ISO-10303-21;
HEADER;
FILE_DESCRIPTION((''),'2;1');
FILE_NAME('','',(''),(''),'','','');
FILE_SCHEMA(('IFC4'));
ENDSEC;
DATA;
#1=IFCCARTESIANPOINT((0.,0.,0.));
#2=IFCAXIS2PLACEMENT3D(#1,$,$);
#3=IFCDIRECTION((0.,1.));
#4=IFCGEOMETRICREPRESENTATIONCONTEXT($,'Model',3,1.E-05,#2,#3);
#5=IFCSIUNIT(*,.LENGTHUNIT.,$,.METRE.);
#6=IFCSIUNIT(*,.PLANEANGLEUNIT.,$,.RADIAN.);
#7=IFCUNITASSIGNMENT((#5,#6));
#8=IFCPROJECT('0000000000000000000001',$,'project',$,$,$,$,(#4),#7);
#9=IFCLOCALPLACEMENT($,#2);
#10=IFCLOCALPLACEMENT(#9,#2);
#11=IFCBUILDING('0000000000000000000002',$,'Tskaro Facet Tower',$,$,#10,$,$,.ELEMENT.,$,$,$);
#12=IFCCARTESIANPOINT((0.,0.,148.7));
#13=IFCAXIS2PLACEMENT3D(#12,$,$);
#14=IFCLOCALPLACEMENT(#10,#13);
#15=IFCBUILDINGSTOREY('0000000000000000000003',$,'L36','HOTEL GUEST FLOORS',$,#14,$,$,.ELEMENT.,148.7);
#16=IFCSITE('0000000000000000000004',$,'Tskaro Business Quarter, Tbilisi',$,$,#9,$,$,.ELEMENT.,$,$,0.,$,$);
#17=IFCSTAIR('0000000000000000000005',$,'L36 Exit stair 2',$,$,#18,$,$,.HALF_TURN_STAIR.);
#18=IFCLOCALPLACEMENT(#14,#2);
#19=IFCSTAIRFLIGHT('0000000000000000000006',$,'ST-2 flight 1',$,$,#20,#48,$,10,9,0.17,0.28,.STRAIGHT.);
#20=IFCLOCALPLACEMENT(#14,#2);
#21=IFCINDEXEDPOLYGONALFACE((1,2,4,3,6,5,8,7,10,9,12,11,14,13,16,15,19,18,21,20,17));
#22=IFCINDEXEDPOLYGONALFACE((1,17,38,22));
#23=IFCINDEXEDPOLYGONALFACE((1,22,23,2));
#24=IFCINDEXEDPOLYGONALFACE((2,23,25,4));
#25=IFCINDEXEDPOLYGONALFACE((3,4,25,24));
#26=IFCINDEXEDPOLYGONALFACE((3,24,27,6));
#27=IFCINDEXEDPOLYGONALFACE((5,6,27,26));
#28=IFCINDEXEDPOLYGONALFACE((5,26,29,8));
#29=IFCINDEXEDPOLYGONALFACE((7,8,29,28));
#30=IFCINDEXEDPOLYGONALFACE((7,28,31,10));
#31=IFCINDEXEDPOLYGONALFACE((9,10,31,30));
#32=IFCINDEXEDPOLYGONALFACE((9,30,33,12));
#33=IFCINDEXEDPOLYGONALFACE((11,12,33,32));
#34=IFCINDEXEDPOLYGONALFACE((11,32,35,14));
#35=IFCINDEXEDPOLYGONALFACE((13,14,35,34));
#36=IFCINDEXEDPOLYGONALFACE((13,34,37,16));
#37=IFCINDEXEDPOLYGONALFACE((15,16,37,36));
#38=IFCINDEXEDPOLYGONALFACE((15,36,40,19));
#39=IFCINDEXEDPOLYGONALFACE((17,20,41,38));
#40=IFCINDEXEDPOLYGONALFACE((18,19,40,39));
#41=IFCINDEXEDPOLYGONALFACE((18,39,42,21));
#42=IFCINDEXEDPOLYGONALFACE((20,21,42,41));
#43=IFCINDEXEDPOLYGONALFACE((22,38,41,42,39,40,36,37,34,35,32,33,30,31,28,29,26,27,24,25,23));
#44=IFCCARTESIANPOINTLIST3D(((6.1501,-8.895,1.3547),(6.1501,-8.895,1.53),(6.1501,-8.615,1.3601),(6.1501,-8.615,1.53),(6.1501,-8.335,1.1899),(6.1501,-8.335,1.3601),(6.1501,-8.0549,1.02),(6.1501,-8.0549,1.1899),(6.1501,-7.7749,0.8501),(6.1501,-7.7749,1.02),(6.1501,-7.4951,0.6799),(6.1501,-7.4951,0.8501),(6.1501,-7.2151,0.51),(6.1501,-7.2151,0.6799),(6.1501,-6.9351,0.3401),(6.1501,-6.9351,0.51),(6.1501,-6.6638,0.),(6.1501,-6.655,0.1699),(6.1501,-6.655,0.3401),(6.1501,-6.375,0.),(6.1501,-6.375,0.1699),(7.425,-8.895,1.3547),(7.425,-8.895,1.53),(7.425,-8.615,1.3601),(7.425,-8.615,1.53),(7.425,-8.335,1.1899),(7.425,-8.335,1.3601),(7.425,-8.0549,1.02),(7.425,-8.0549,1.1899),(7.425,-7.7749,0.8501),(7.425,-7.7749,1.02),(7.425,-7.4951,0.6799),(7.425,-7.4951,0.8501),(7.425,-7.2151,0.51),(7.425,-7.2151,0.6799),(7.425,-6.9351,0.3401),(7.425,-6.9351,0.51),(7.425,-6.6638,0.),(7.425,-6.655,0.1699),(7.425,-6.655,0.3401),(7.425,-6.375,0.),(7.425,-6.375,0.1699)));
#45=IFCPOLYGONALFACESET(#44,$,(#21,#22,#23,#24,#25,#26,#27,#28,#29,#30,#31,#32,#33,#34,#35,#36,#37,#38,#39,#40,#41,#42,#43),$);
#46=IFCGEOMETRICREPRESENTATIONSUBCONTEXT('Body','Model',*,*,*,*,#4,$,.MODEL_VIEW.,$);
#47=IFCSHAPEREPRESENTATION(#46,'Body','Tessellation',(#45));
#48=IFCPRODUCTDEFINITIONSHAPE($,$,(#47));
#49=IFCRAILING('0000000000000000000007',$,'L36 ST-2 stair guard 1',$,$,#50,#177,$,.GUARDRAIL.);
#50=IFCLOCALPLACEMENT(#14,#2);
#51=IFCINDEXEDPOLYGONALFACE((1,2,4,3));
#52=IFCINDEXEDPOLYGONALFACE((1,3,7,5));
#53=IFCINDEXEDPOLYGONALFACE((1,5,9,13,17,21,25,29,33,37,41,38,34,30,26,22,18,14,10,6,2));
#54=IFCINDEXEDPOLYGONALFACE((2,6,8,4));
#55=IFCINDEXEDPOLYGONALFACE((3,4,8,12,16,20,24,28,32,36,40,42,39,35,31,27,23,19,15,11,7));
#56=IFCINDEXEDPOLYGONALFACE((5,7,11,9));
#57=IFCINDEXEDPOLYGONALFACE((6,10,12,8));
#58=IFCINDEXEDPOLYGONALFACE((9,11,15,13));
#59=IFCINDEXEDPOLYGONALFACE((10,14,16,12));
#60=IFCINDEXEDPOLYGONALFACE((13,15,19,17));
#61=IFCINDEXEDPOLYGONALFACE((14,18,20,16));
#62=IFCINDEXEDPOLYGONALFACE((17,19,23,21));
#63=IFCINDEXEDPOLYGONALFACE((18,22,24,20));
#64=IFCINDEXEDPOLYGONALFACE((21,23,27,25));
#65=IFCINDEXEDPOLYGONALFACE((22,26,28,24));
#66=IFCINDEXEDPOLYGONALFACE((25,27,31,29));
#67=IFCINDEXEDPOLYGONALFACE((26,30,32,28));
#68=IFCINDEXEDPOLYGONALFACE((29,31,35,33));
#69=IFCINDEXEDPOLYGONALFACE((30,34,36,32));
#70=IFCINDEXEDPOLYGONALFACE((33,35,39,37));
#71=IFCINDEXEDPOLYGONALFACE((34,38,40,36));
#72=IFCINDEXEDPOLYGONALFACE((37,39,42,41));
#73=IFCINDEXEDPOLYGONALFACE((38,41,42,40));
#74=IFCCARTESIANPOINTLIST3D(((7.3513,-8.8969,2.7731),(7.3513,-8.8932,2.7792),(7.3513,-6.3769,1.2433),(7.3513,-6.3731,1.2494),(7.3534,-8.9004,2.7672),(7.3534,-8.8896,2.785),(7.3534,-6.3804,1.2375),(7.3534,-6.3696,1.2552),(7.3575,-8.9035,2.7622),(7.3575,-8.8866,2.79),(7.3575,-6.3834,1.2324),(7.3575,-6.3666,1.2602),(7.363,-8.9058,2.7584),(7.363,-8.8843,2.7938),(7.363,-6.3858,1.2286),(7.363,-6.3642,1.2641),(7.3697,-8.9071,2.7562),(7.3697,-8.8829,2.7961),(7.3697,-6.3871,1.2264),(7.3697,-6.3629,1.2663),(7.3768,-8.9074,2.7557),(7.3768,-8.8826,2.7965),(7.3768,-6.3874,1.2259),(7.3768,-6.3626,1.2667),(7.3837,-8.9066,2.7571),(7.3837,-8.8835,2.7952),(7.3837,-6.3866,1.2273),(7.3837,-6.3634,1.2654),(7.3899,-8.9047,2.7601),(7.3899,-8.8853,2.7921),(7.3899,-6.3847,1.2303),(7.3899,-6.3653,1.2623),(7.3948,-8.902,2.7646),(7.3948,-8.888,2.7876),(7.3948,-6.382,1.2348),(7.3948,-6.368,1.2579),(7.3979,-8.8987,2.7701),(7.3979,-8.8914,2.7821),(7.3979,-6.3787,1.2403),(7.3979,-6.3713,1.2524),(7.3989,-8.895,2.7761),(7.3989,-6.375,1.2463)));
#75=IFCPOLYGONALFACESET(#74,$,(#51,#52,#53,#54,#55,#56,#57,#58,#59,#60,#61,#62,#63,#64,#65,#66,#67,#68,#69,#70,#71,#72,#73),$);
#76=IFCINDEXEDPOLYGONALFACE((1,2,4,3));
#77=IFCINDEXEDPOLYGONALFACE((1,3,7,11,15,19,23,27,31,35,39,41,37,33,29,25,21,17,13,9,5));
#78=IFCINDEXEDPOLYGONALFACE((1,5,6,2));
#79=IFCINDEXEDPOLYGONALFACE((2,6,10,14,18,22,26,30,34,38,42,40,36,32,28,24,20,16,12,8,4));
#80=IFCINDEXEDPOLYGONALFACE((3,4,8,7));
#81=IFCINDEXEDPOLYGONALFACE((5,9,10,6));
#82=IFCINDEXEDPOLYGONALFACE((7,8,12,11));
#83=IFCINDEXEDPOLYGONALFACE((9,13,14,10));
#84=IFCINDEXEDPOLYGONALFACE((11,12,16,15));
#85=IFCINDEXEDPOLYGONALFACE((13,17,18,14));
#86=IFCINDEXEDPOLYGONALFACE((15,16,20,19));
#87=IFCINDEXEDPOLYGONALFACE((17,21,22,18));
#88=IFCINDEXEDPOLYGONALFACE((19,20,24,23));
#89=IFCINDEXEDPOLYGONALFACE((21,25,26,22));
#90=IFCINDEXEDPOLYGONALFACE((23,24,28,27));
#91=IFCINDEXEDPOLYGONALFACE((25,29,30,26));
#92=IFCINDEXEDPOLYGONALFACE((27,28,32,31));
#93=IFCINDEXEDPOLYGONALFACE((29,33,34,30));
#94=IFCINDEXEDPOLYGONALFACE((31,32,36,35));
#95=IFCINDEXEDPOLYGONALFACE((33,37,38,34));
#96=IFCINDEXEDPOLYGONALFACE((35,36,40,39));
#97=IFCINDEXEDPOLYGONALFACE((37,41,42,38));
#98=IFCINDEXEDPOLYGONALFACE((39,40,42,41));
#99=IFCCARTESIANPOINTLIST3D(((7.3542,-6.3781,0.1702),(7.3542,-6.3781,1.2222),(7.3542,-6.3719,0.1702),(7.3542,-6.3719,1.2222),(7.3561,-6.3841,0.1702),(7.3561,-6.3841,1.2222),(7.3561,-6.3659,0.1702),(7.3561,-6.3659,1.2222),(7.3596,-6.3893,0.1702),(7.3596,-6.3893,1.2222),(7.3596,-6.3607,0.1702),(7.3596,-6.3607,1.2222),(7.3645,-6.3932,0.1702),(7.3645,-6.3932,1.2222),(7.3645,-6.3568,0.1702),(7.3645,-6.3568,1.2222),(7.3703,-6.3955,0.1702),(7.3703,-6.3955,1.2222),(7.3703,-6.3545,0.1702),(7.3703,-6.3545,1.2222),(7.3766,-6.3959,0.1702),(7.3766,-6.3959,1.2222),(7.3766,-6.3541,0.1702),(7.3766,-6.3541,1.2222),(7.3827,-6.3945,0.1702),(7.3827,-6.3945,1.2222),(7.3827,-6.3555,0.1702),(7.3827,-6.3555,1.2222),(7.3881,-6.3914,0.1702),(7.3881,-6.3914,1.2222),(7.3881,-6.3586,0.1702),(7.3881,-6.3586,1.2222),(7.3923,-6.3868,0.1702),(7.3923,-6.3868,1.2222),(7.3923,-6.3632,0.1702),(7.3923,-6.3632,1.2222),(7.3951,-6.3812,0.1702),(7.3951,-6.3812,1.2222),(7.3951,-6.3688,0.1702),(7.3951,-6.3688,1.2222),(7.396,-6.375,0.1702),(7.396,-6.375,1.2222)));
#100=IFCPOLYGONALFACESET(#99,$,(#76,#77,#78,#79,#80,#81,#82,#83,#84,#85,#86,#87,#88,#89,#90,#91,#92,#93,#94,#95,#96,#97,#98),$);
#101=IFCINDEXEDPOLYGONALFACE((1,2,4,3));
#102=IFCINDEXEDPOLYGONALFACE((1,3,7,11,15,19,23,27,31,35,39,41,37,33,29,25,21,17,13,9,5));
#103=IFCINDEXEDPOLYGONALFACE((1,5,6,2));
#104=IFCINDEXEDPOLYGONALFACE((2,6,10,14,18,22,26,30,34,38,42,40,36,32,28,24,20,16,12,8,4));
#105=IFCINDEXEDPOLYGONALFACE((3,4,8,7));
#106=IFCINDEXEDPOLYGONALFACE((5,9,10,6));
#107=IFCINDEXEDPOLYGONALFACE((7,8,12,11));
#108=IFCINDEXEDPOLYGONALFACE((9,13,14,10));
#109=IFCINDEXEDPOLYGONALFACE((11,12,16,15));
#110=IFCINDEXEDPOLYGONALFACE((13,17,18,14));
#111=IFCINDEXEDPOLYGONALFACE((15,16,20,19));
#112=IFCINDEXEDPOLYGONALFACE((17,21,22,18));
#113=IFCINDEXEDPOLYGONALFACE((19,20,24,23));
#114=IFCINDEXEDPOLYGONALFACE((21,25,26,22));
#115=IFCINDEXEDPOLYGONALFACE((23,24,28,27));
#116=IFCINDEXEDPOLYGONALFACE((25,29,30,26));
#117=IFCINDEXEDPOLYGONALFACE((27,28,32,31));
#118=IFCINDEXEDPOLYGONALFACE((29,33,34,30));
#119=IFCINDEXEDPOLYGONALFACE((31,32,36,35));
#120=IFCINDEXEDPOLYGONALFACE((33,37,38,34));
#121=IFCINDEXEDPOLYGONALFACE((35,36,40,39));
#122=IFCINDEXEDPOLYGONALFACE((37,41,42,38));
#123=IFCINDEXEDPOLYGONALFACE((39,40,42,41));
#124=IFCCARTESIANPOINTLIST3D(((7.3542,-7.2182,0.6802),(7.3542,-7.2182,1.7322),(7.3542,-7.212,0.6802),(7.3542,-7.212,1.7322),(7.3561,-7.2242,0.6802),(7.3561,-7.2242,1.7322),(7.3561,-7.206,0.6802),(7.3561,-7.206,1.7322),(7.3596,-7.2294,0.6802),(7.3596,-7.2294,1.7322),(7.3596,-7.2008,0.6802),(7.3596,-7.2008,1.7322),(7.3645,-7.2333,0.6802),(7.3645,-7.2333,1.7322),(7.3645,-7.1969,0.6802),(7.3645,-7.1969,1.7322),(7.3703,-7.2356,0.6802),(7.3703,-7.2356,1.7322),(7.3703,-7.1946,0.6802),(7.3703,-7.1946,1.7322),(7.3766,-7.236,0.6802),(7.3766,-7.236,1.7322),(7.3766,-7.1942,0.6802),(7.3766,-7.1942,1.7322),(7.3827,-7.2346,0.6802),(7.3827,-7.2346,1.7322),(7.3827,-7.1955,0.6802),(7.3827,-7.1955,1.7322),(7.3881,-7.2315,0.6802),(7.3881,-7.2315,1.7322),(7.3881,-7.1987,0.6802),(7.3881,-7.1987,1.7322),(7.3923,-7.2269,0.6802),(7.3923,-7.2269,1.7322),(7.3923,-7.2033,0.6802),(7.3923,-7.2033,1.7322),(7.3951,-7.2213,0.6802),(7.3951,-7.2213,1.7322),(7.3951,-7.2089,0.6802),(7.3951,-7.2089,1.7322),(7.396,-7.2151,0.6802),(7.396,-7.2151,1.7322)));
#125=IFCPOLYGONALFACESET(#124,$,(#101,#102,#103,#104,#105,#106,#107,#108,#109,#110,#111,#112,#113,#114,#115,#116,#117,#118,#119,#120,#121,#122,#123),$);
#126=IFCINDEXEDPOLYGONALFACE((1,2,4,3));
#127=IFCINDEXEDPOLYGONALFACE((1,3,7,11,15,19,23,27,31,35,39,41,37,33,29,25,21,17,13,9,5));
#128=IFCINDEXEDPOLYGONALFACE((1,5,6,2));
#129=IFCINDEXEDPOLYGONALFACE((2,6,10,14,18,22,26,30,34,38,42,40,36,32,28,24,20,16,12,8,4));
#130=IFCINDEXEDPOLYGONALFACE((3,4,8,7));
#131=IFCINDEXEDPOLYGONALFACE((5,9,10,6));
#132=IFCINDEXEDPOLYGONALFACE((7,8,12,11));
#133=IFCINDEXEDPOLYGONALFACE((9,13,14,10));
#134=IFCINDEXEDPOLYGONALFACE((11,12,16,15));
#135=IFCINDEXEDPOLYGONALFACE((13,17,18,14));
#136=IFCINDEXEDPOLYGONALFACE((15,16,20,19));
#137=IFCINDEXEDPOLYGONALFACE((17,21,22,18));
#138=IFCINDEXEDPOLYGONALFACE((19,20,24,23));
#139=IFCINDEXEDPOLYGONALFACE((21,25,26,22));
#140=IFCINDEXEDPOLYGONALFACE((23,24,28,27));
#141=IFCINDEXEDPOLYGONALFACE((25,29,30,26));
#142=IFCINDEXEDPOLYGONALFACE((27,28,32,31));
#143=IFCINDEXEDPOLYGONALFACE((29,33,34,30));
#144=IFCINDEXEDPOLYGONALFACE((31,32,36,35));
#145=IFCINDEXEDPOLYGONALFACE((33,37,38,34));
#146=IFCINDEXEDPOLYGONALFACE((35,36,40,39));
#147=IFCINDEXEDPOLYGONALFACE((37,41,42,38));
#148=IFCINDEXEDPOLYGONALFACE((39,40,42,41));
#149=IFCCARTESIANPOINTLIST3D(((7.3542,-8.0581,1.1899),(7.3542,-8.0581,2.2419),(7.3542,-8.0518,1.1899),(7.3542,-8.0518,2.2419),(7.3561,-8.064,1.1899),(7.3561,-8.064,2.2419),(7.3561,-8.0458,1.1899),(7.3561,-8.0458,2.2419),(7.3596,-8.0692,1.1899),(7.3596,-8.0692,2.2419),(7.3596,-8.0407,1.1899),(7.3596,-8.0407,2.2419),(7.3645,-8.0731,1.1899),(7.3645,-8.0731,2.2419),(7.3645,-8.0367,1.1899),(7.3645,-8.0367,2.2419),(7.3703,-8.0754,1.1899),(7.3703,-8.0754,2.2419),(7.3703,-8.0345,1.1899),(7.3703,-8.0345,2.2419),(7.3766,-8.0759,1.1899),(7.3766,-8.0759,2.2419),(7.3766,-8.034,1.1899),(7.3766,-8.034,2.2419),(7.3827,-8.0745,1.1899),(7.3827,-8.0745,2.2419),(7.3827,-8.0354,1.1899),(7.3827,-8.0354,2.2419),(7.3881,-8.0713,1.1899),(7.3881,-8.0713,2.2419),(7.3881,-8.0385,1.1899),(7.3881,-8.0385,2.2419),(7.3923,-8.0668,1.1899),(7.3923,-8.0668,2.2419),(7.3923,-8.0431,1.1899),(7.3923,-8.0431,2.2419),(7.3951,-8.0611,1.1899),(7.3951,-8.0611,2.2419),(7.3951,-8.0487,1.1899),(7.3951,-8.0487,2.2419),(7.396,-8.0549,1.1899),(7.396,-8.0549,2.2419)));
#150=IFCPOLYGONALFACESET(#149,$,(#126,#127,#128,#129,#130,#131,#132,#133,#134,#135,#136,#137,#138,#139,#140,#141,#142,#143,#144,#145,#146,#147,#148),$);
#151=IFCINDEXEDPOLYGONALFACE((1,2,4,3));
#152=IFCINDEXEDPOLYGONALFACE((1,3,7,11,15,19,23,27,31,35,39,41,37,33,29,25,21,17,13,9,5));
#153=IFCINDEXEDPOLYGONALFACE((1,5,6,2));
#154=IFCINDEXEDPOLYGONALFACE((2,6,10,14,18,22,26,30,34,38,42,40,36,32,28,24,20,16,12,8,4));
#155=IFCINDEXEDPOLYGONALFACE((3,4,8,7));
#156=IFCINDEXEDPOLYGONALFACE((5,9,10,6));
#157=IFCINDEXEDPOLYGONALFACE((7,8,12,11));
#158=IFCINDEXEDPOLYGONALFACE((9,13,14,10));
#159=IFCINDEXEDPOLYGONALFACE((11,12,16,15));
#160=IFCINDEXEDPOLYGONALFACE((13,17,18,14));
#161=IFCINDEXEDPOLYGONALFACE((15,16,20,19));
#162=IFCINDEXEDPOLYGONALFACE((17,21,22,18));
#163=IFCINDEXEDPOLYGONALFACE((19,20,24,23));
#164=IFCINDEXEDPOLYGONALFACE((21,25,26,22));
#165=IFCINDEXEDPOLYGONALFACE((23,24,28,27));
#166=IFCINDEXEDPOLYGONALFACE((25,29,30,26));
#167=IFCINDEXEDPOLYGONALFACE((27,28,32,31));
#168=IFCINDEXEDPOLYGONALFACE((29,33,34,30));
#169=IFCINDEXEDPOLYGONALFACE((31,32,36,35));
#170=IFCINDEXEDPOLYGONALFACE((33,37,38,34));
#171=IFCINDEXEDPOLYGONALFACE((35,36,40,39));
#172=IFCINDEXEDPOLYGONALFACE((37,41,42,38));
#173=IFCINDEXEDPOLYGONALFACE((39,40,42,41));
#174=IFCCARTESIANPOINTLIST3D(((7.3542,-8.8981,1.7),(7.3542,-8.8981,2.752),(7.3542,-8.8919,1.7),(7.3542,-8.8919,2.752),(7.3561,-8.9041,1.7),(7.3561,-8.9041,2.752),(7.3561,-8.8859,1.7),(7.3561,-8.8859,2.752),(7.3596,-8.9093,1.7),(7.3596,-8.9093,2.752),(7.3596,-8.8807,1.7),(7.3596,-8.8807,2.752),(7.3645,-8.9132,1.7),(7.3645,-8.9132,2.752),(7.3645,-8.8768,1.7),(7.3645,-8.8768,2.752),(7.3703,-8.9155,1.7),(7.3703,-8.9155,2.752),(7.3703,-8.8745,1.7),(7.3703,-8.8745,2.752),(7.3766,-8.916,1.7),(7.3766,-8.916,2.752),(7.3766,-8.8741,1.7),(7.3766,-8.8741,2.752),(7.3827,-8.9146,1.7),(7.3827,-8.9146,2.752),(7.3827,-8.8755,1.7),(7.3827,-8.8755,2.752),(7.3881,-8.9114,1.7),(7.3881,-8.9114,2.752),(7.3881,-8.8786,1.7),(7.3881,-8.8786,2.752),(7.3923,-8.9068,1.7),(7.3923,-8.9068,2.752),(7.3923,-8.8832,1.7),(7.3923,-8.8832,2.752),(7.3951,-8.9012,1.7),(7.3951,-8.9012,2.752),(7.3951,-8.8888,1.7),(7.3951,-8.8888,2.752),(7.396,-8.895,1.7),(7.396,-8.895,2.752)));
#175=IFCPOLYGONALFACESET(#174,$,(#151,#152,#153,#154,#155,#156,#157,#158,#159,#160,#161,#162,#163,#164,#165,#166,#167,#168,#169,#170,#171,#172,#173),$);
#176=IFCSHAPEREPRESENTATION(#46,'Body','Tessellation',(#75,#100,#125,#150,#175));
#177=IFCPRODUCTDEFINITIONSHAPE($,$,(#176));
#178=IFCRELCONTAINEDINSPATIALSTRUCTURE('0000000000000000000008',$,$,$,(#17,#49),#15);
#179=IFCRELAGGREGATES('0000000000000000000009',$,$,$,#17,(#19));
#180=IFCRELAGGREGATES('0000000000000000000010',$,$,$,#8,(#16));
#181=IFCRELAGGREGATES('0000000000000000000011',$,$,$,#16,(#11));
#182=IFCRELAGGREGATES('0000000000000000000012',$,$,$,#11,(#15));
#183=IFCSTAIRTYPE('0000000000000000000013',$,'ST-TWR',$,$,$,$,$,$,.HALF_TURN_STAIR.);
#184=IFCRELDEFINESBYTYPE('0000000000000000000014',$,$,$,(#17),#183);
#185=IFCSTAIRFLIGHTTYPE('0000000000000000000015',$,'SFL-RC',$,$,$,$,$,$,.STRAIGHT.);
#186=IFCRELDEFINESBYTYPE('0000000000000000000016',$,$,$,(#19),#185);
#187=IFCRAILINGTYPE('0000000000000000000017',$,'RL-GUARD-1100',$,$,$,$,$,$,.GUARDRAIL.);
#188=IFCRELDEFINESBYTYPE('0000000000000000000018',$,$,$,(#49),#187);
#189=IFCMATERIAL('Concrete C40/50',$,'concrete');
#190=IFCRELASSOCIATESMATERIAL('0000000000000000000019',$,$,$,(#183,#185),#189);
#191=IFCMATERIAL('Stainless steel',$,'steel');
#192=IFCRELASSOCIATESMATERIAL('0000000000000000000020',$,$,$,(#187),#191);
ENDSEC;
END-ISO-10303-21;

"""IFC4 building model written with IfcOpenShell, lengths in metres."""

from ifc_helpers import new_model, si_unit, direction, frame, origin, origin_2d, place, context, subcontext, project, spatial, polyline, circle, outline, extrude, material, type_object, element, aggregate, save


model = new_model("IFC4")

# Units and contexts
model_context = context("Model", 3, precision=1e-05, world=origin(), true_north=direction((0.0, 1.0)))
body_context = subcontext(model_context, "Body", "Model", "MODEL_VIEW")
ifc_project = project(units=[si_unit("LENGTHUNIT", "METRE"), si_unit("PLANEANGLEUNIT", "RADIAN")], contexts=[model_context])

# Site, building, storey
site_placement = place(None, origin())
site = spatial("IfcSite", under=ifc_project, at=site_placement, Name="Tskaro Business Quarter, Tbilisi", CompositionType="ELEMENT", RefElevation=0.0)
building_placement = place(site_placement, origin())
building = spatial("IfcBuilding", under=site, at=building_placement, Name="Tskaro Facet Tower", CompositionType="ELEMENT")
storey_placement = place(building_placement, frame((0.0, 0.0, 148.7)))
storey = spatial("IfcBuildingStorey", under=building, at=storey_placement, Name="L36", Description="HOTEL GUEST FLOORS", CompositionType="ELEMENT", Elevation=148.7)

# Stair, stair flight
ifc_material_1 = material(Name="Concrete C40/50", Category="concrete")
stair_type = type_object("IfcStairType", Name="ST-TWR", PredefinedType="HALF_TURN_STAIR", material=ifc_material_1)
stair_placement = place(storey_placement, origin())
stair = element("IfcStair", 1, at=stair_placement, inside=storey, type_object=stair_type, Name="L36 Exit stair 2", PredefinedType="HALF_TURN_STAIR")
stair_flight_type = type_object("IfcStairFlightType", Name="SFL-RC", PredefinedType="STRAIGHT", material=ifc_material_1)
stair_flight_placement = place(storey_placement, frame((6.7876, -6.375, 0.0), z_axis=(0.0, 0.0, 1.0), x_axis=(0.0, -1.0, 0.0)))
stair_flight = element("IfcStairFlight", 2, at=stair_flight_placement, type_object=stair_flight_type, Name="ST-2 flight 1", NumberOfRisers=10, NumberOfTreads=9, PredefinedType="STRAIGHT", RiserHeight=0.17, TreadLength=0.28, context=body_context, shape_type="SweptSolid", body=[
    extrude(outline(polyline([(0.0, 0.0), (0.0, 0.1699), (0.28, 0.1699), (0.28, 0.3401), (0.5601, 0.3401), (0.5601, 0.51), (0.8401, 0.51), (0.8401, 0.6799), (1.1201, 0.6799), (1.1201, 0.8501), (1.3999, 0.8501), (1.3999, 1.02), (1.6799, 1.02), (1.6799, 1.1899), (1.96, 1.1899), (1.96, 1.3601), (2.24, 1.3601), (2.24, 1.53), (2.52, 1.53), (2.52, 1.7), (2.52, 1.3547), (0.2888, 0.0), (0.0, 0.0)])), frame((0.0, 0.6375, 0.0), z_axis=(0.0, -1.0, 0.0), x_axis=(1.0, 0.0, 0.0)), (0.0, 0.0, 1.0), 1.2749),
])
aggregate(stair, [stair_flight])

# Railing
ifc_material_2 = material(Name="Stainless steel", Category="steel")
railing_type_1 = type_object("IfcRailingType", Name="RL-GUARD-1100", PredefinedType="GUARDRAIL", material=ifc_material_2)
railing_1_placement = place(storey_placement, frame((7.375, -6.375, 0.1702)))
element("IfcRailing", 3, at=railing_1_placement, inside=storey, type_object=railing_type_1, Name="L36 ST-2 stair guard 1", PredefinedType="GUARDRAIL", context=body_context, shape_type="SweptSolid", body=[
    extrude(circle(Radius=0.0239, at=origin_2d()), frame((0.0, 0.0, 1.0762), z_axis=(0.0, -0.854822, 0.518922), x_axis=(1.0, 0.0, 0.0)), (0.0, 0.0, 1.0), 2.948),
    extrude(circle(Radius=0.021, at=origin_2d()), origin(), (0.0, 0.0, 1.0), 1.052),
    extrude(circle(Radius=0.021, at=origin_2d()), frame((0.0, -0.8401, 0.51)), (0.0, 0.0, 1.0), 1.052),
    extrude(circle(Radius=0.021, at=origin_2d()), frame((0.0, -1.6799, 1.0198)), (0.0, 0.0, 1.0), 1.052),
    extrude(circle(Radius=0.021, at=origin_2d()), frame((0.0, -2.52, 1.5298)), (0.0, 0.0, 1.0), 1.052),
])

save(model, "model.ifc")
